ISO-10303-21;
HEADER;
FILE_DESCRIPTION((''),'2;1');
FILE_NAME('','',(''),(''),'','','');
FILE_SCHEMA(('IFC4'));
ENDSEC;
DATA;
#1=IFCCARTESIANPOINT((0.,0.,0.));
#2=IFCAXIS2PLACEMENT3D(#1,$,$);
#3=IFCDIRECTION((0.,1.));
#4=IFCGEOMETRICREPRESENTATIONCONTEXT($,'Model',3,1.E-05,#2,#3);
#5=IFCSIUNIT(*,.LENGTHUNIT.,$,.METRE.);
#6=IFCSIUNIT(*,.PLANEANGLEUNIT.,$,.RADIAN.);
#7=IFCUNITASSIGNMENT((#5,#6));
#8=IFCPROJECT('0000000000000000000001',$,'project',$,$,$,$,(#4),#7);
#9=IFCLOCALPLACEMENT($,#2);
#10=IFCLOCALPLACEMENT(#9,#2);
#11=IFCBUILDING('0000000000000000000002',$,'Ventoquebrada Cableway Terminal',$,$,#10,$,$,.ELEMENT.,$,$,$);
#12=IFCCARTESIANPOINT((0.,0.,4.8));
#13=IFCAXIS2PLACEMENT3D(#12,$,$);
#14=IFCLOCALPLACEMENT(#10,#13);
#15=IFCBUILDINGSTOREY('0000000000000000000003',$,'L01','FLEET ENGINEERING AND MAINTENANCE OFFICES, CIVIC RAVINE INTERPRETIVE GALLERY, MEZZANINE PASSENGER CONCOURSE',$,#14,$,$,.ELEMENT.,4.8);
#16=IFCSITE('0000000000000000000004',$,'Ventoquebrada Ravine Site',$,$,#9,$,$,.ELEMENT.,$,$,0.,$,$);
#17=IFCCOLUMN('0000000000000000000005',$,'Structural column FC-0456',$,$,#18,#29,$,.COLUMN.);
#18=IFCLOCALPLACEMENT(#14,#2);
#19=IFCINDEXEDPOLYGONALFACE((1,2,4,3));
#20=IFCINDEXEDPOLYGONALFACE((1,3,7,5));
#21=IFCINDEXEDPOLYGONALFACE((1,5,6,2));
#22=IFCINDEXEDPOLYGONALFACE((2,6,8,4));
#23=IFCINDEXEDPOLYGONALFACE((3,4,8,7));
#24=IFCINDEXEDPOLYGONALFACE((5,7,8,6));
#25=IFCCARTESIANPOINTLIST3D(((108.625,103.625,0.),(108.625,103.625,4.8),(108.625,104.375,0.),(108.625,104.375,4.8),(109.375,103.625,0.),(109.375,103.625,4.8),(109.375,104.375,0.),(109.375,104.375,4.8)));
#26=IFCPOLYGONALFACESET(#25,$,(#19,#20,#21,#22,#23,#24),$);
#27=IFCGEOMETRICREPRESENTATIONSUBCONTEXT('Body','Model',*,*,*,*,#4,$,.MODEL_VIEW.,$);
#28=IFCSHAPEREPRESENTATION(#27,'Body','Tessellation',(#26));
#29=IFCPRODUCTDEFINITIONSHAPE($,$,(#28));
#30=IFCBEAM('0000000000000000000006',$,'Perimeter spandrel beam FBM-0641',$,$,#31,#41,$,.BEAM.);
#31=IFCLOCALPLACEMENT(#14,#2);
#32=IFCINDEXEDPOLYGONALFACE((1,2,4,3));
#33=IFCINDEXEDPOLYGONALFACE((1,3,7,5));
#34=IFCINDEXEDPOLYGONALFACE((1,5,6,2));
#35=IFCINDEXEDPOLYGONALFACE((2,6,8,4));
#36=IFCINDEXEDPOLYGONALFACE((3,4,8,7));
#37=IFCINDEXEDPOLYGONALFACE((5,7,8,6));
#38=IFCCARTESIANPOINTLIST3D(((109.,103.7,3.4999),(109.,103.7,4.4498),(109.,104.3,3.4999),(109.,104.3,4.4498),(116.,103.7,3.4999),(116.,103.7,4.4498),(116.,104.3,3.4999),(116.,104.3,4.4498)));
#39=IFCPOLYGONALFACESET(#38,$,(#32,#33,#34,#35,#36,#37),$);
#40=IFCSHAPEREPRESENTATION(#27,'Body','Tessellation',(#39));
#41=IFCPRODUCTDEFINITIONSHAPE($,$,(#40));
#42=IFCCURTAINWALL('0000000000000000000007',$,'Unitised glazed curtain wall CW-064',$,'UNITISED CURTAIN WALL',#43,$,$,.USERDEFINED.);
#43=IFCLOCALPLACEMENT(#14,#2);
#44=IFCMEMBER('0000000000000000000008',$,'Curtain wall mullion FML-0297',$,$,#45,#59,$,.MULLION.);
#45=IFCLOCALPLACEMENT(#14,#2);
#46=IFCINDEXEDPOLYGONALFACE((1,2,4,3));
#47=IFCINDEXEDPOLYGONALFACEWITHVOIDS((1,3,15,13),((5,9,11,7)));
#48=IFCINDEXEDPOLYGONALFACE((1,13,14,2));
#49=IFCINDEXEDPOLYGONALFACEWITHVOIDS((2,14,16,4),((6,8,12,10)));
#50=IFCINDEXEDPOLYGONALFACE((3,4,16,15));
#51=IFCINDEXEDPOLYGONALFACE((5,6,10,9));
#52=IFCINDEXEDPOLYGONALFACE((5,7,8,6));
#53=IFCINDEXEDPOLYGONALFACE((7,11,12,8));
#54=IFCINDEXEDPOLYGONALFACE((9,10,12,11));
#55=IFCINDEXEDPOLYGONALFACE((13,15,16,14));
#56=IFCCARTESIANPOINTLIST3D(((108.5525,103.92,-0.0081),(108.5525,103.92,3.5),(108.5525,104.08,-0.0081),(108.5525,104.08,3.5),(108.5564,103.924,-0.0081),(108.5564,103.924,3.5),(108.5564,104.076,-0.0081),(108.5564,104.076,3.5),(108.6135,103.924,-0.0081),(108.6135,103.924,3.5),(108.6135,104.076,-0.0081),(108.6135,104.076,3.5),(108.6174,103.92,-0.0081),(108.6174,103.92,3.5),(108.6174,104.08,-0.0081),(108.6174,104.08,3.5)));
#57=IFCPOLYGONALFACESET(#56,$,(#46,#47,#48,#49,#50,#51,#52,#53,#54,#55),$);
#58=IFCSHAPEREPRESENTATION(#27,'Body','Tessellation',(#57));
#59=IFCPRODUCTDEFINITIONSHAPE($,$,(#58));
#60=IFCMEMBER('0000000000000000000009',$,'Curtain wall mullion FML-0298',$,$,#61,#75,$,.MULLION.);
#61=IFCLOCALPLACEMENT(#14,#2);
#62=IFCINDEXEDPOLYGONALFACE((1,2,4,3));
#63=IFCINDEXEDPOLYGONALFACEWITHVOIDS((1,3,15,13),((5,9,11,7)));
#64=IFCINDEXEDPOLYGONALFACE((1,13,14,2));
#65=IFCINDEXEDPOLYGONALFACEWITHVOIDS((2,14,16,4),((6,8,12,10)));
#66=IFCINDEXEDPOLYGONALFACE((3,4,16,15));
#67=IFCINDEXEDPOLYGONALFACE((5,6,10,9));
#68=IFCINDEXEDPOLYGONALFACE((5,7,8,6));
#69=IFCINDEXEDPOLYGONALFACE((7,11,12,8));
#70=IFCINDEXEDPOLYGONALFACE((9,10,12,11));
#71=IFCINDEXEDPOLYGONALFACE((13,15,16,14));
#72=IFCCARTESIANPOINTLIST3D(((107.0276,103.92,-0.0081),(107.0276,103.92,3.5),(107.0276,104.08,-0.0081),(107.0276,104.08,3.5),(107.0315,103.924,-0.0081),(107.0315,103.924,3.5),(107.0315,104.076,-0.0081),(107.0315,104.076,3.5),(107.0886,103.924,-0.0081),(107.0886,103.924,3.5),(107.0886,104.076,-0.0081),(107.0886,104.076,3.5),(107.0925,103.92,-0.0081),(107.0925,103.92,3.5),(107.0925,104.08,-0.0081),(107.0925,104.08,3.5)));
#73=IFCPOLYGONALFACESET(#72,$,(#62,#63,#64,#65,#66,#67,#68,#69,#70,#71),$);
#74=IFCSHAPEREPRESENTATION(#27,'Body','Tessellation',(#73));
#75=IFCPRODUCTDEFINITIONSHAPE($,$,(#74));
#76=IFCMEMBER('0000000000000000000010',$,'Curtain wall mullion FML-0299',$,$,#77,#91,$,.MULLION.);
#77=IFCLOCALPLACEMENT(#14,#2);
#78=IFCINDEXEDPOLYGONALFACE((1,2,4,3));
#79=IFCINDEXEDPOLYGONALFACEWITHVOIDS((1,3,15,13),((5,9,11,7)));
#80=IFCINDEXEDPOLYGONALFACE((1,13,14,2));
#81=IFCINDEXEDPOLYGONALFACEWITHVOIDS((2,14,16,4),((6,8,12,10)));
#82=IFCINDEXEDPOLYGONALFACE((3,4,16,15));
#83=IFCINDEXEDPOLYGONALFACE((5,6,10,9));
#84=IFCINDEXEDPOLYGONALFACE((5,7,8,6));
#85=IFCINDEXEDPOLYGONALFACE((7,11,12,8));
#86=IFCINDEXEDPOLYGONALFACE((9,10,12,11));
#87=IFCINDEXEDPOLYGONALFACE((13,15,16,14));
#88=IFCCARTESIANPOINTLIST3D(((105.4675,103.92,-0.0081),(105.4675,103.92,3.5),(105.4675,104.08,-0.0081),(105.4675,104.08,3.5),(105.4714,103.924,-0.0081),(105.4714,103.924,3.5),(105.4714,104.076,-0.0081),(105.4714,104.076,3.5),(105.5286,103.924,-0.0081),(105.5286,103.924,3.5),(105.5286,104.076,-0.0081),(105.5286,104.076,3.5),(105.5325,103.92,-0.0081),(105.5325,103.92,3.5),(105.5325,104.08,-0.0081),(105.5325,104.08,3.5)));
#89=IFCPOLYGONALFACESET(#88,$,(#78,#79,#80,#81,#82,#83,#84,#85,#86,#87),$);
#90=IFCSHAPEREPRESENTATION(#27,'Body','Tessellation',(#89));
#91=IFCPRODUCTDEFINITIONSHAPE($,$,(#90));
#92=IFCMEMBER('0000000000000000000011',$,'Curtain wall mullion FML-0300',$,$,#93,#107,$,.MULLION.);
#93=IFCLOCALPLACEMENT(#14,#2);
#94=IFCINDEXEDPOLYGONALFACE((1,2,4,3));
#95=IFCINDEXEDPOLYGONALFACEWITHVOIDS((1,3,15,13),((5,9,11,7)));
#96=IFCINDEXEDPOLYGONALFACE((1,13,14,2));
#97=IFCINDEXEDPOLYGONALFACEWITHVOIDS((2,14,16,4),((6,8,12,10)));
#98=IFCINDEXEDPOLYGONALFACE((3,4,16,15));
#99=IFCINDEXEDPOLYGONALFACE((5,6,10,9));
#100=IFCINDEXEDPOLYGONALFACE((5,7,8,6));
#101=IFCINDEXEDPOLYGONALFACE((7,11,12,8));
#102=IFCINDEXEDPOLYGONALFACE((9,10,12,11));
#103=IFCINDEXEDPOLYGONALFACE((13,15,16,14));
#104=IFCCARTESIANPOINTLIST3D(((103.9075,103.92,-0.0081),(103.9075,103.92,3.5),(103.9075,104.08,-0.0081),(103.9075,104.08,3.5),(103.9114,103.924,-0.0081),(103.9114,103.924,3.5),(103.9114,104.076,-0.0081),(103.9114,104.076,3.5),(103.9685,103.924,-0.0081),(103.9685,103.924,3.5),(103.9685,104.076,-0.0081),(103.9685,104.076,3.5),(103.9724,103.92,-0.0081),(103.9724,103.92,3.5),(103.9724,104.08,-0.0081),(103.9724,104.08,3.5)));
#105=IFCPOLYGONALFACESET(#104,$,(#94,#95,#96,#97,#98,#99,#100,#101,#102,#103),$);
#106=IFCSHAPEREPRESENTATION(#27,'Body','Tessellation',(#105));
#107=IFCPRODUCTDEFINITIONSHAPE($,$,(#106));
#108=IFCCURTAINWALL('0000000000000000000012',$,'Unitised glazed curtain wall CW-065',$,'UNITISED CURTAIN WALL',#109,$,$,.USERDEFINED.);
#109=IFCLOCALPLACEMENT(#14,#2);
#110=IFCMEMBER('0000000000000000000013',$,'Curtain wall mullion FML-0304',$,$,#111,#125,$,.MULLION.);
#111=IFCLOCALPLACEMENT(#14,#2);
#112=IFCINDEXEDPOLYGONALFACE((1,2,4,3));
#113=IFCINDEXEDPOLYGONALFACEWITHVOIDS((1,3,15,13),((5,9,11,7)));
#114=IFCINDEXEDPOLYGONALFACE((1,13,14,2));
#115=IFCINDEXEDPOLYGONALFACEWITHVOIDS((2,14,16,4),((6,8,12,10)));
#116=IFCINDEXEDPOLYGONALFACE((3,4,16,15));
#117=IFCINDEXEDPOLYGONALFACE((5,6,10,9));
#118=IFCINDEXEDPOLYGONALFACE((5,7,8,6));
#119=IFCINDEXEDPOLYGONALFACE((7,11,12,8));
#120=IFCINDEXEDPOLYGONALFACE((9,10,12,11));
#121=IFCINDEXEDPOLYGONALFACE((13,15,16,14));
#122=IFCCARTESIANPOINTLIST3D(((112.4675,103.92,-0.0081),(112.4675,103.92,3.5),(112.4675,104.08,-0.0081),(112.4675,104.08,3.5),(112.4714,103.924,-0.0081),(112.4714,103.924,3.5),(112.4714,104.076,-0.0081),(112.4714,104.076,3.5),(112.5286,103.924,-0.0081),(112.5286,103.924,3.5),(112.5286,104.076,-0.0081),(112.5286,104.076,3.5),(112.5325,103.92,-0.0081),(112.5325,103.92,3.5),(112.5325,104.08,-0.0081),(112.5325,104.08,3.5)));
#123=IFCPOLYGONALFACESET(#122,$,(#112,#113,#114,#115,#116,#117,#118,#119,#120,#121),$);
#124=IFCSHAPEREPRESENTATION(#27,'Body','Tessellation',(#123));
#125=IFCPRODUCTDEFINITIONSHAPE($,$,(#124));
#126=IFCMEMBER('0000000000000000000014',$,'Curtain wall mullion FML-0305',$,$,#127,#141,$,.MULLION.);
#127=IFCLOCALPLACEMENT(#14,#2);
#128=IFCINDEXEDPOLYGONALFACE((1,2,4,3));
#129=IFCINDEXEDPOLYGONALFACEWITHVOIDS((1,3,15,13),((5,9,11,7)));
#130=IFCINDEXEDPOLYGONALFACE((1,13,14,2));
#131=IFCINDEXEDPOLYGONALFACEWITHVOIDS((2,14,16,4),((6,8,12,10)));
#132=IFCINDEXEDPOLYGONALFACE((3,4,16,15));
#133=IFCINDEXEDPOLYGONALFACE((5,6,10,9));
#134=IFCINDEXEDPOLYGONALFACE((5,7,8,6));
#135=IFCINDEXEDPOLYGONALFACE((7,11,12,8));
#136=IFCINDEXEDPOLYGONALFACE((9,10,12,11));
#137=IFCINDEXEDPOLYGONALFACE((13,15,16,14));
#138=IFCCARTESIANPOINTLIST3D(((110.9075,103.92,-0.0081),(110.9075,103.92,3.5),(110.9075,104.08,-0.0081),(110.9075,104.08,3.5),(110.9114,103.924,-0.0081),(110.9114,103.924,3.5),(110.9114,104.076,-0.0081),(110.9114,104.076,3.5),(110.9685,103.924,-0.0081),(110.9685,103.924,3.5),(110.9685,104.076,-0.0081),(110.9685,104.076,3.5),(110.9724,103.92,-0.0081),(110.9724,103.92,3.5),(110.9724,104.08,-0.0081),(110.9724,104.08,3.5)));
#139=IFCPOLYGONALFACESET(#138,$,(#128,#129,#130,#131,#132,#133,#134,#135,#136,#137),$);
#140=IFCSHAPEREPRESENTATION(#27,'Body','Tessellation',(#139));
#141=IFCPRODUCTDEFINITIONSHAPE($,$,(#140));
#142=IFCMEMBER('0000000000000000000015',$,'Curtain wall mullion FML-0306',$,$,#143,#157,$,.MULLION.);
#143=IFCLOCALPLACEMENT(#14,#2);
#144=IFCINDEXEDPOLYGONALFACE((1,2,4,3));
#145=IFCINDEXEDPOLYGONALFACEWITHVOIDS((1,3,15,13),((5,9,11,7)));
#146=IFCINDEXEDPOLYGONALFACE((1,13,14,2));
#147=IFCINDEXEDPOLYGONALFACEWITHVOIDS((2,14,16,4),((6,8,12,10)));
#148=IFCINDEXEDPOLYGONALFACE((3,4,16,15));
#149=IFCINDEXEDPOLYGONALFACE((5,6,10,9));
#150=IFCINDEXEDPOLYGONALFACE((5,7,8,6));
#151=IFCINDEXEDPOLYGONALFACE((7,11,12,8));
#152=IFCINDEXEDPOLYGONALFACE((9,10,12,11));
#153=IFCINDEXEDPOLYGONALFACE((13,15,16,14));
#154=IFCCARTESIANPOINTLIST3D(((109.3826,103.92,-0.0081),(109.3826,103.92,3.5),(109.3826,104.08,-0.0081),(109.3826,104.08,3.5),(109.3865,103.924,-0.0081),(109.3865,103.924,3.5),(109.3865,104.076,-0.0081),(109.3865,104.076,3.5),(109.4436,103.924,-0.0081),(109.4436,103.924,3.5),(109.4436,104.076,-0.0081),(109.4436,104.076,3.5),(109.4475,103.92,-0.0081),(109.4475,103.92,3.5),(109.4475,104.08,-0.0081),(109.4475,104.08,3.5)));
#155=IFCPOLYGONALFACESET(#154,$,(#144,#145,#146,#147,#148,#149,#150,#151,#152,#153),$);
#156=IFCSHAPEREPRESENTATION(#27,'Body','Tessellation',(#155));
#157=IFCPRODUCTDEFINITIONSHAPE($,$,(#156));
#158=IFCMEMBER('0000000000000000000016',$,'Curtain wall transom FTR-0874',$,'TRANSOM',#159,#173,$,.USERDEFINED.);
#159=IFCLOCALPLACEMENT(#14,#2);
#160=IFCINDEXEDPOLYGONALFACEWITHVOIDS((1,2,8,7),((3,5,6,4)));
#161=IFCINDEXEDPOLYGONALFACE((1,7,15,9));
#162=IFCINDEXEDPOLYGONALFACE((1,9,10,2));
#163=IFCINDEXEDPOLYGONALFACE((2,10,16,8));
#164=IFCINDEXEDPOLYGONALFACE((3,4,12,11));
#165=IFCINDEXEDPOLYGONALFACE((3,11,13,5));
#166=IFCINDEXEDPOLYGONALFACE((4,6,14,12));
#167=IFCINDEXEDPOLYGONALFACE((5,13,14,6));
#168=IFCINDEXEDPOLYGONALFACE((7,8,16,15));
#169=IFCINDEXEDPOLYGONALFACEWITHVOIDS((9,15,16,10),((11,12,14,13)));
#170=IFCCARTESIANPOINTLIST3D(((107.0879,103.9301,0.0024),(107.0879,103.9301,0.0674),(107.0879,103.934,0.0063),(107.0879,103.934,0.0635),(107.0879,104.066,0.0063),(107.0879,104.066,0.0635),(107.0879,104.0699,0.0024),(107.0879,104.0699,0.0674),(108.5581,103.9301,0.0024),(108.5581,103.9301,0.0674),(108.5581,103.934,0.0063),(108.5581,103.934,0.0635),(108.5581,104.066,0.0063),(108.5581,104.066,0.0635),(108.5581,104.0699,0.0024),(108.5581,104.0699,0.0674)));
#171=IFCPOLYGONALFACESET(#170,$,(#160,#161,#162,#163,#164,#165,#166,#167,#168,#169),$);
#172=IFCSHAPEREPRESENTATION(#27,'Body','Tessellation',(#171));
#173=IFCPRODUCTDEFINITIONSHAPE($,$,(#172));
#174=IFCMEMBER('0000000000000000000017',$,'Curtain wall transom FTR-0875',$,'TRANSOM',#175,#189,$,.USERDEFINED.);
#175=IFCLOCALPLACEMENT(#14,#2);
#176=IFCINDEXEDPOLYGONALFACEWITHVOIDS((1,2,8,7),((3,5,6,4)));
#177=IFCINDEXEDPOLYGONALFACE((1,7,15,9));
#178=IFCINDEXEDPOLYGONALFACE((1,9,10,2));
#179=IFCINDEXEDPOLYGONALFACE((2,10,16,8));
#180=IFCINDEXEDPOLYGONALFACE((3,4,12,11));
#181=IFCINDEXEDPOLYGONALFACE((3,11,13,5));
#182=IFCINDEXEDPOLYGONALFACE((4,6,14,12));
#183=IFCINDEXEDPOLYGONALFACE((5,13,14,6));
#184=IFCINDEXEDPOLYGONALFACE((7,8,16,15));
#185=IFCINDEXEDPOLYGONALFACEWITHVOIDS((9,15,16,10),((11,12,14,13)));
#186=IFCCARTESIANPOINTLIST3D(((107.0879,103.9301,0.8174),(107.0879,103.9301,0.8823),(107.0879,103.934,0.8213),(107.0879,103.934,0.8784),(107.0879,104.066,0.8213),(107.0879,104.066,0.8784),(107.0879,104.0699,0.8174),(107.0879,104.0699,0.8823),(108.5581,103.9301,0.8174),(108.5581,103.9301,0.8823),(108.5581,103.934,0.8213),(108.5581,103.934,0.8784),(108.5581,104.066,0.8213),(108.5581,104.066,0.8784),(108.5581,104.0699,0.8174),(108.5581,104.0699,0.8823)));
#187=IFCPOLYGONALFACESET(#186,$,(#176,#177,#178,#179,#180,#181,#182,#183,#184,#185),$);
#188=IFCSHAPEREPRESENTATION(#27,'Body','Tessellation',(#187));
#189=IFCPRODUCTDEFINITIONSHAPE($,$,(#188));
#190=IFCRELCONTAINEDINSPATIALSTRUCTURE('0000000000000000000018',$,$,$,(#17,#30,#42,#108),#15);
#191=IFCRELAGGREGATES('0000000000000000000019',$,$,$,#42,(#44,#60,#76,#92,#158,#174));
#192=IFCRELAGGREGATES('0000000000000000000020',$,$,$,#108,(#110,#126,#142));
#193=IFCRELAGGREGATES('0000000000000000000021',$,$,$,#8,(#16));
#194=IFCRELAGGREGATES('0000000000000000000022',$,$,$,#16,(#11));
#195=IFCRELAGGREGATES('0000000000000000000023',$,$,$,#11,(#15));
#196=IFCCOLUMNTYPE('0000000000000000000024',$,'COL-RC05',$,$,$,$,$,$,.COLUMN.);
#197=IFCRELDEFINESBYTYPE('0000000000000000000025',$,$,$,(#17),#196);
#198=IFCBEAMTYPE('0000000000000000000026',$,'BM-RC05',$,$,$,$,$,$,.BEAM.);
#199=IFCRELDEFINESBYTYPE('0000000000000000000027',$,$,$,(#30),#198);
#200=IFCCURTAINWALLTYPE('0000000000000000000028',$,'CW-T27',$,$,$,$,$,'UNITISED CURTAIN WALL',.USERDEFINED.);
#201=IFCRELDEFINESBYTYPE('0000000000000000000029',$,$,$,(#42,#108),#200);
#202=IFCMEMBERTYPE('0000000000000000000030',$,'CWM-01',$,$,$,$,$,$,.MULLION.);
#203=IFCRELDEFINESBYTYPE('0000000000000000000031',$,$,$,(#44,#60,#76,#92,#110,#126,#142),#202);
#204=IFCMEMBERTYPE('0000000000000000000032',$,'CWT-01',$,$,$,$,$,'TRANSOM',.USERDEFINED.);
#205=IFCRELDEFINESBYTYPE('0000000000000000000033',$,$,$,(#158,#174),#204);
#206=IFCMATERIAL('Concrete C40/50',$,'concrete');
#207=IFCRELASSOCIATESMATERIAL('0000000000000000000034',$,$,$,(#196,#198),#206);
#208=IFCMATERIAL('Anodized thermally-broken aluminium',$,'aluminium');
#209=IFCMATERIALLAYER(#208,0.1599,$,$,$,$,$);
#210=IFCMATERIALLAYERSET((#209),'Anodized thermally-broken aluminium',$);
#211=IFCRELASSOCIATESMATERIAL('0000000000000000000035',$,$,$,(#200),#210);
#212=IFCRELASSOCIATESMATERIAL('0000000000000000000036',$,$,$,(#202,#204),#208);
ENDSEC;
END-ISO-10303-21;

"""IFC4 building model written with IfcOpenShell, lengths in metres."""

from ifc_helpers import new_model, si_unit, direction, frame, origin, origin_2d, place, context, subcontext, project, spatial, rectangle, hollow_rectangle, extrude, material, layer, layer_set, material_profile, profile_set, type_object, element, aggregate, save


model = new_model("IFC4")

# Units and contexts
model_context = context("Model", 3, precision=1e-05, world=origin(), true_north=direction((0.0, 1.0)))
body_context = subcontext(model_context, "Body", "Model", "MODEL_VIEW")
ifc_project = project(units=[si_unit("LENGTHUNIT", "METRE"), si_unit("PLANEANGLEUNIT", "RADIAN")], contexts=[model_context])

# Site, building, storey
site_placement = place(None, origin())
site = spatial("IfcSite", under=ifc_project, at=site_placement, Name="Ventoquebrada Ravine Site", CompositionType="ELEMENT", RefElevation=0.0)
building_placement = place(site_placement, origin())
building = spatial("IfcBuilding", under=site, at=building_placement, Name="Ventoquebrada Cableway Terminal", CompositionType="ELEMENT")
storey_placement = place(building_placement, frame((0.0, 0.0, 4.8)))
storey = spatial("IfcBuildingStorey", under=building, at=storey_placement, Name="L01", Description="FLEET ENGINEERING AND MAINTENANCE OFFICES, CIVIC RAVINE INTERPRETIVE GALLERY, MEZZANINE PASSENGER CONCOURSE", CompositionType="ELEMENT", Elevation=4.8)

# Column
ifc_material_1 = material(Name="Concrete C40/50", Category="concrete")
ifc_material_profile_1 = material_profile(ifc_material_1, rectangle(XDim=0.75, YDim=0.75, at=origin_2d()), Name="RC-COL-750X750")
ifc_profile_set_1 = profile_set([ifc_material_profile_1], Name="Concrete C40/50")
column_type = type_object("IfcColumnType", Name="COL-RC05", PredefinedType="COLUMN", material=ifc_profile_set_1)
column_placement = place(storey_placement, frame((109.0, 104.0, 0.0), z_axis=(0.0, 0.0, 1.0), x_axis=(1.0, 0.0, 0.0)))
element("IfcColumn", 1, at=column_placement, inside=storey, type_object=column_type, Name="Structural column FC-0456", PredefinedType="COLUMN", context=body_context, shape_type="SweptSolid", body=[
    extrude(rectangle(XDim=0.75, YDim=0.75, at=origin_2d()), origin(), (0.0, 0.0, 1.0), 4.8),
])

# Beam
ifc_material_profile_2 = material_profile(ifc_material_1, rectangle(XDim=0.6001, YDim=0.95, at=origin_2d()), Name="RC-BM-600X950")
ifc_profile_set_2 = profile_set([ifc_material_profile_2], Name="Concrete C40/50")
beam_type = type_object("IfcBeamType", Name="BM-RC05", PredefinedType="BEAM", material=ifc_profile_set_2)
beam_placement = place(storey_placement, frame((109.0, 104.0, 3.9749), z_axis=(1.0, 0.0, 0.0), x_axis=(0.0, 1.0, 0.0)))
element("IfcBeam", 2, at=beam_placement, inside=storey, type_object=beam_type, Name="Perimeter spandrel beam FBM-0641", PredefinedType="BEAM", context=body_context, shape_type="SweptSolid", body=[
    extrude(rectangle(XDim=0.6001, YDim=0.95, at=origin_2d()), origin(), (0.0, 0.0, 1.0), 7.0),
])

# Curtain walls, members
ifc_material_2 = material(Name="Anodized thermally-broken aluminium", Category="aluminium")
ifc_layer_1 = layer(ifc_material_2, 0.1599)
ifc_layer_set_1 = layer_set([ifc_layer_1], Name="Anodized thermally-broken aluminium")
curtain_wall_type = type_object("IfcCurtainWallType", Name="CW-T27", ElementType="UNITISED CURTAIN WALL", PredefinedType="USERDEFINED", material=ifc_layer_set_1)
curtain_wall_1_placement = place(storey_placement, origin())
curtain_wall_1 = element("IfcCurtainWall", 3, at=curtain_wall_1_placement, inside=storey, type_object=curtain_wall_type, Name="Unitised glazed curtain wall CW-064", ObjectType="UNITISED CURTAIN WALL", PredefinedType="USERDEFINED")
ifc_material_profile_3 = material_profile(ifc_material_2, hollow_rectangle(XDim=0.0649, YDim=0.1599, WallThickness=0.0039, at=origin_2d()), Name="CW-MUL-65X160")
ifc_profile_set_3 = profile_set([ifc_material_profile_3], Name="Anodized thermally-broken aluminium")
member_type_1 = type_object("IfcMemberType", Name="CWM-01", PredefinedType="MULLION", material=ifc_profile_set_3)
member_1_placement = place(storey_placement, frame((108.585, 104.0, -0.0081), z_axis=(0.0, 0.0, 1.0), x_axis=(-1.0, 0.0, 0.0)))
member_1 = element("IfcMember", 4, at=member_1_placement, type_object=member_type_1, Name="Curtain wall mullion FML-0297", PredefinedType="MULLION", context=body_context, shape_type="SweptSolid", body=[
    extrude(hollow_rectangle(XDim=0.0649, YDim=0.1599, WallThickness=0.0039, at=origin_2d()), origin(), (0.0, 0.0, 1.0), 3.5081),
])
member_2_placement = place(storey_placement, frame((107.0601, 104.0, -0.0081), z_axis=(0.0, 0.0, 1.0), x_axis=(-1.0, 0.0, 0.0)))
member_2 = element("IfcMember", 5, at=member_2_placement, type_object=member_type_1, Name="Curtain wall mullion FML-0298", PredefinedType="MULLION", context=body_context, shape_type="SweptSolid", body=[
    extrude(hollow_rectangle(XDim=0.0649, YDim=0.1599, WallThickness=0.0039, at=origin_2d()), origin(), (0.0, 0.0, 1.0), 3.5081),
])
member_3_placement = place(storey_placement, frame((105.5, 104.0, -0.0081), z_axis=(0.0, 0.0, 1.0), x_axis=(-1.0, 0.0, 0.0)))
member_3 = element("IfcMember", 6, at=member_3_placement, type_object=member_type_1, Name="Curtain wall mullion FML-0299", PredefinedType="MULLION", context=body_context, shape_type="SweptSolid", body=[
    extrude(hollow_rectangle(XDim=0.0649, YDim=0.1599, WallThickness=0.0039, at=origin_2d()), origin(), (0.0, 0.0, 1.0), 3.5081),
])
member_4_placement = place(storey_placement, frame((103.9399, 104.0, -0.0081), z_axis=(0.0, 0.0, 1.0), x_axis=(-1.0, 0.0, 0.0)))
member_4 = element("IfcMember", 7, at=member_4_placement, type_object=member_type_1, Name="Curtain wall mullion FML-0300", PredefinedType="MULLION", context=body_context, shape_type="SweptSolid", body=[
    extrude(hollow_rectangle(XDim=0.0649, YDim=0.1599, WallThickness=0.0039, at=origin_2d()), origin(), (0.0, 0.0, 1.0), 3.5081),
])
curtain_wall_2_placement = place(storey_placement, origin())
curtain_wall_2 = element("IfcCurtainWall", 8, at=curtain_wall_2_placement, inside=storey, type_object=curtain_wall_type, Name="Unitised glazed curtain wall CW-065", ObjectType="UNITISED CURTAIN WALL", PredefinedType="USERDEFINED")
member_5_placement = place(storey_placement, frame((112.5, 104.0, -0.0081), z_axis=(0.0, 0.0, 1.0), x_axis=(-1.0, 0.0, 0.0)))
member_5 = element("IfcMember", 9, at=member_5_placement, type_object=member_type_1, Name="Curtain wall mullion FML-0304", PredefinedType="MULLION", context=body_context, shape_type="SweptSolid", body=[
    extrude(hollow_rectangle(XDim=0.0649, YDim=0.1599, WallThickness=0.0039, at=origin_2d()), origin(), (0.0, 0.0, 1.0), 3.5081),
])
member_6_placement = place(storey_placement, frame((110.9399, 104.0, -0.0081), z_axis=(0.0, 0.0, 1.0), x_axis=(-1.0, 0.0, 0.0)))
member_6 = element("IfcMember", 10, at=member_6_placement, type_object=member_type_1, Name="Curtain wall mullion FML-0305", PredefinedType="MULLION", context=body_context, shape_type="SweptSolid", body=[
    extrude(hollow_rectangle(XDim=0.0649, YDim=0.1599, WallThickness=0.0039, at=origin_2d()), origin(), (0.0, 0.0, 1.0), 3.5081),
])
member_7_placement = place(storey_placement, frame((109.415, 104.0, -0.0081), z_axis=(0.0, 0.0, 1.0), x_axis=(-1.0, 0.0, 0.0)))
member_7 = element("IfcMember", 11, at=member_7_placement, type_object=member_type_1, Name="Curtain wall mullion FML-0306", PredefinedType="MULLION", context=body_context, shape_type="SweptSolid", body=[
    extrude(hollow_rectangle(XDim=0.0649, YDim=0.1599, WallThickness=0.0039, at=origin_2d()), origin(), (0.0, 0.0, 1.0), 3.5081),
])

# Members
ifc_material_profile_4 = material_profile(ifc_material_2, hollow_rectangle(XDim=0.0649, YDim=0.1399, WallThickness=0.0039, at=origin_2d()), Name="CW-TRN-65X140")
ifc_profile_set_4 = profile_set([ifc_material_profile_4], Name="Anodized thermally-broken aluminium")
member_type_2 = type_object("IfcMemberType", Name="CWT-01", ElementType="TRANSOM", PredefinedType="USERDEFINED", material=ifc_profile_set_4)
member_8_placement = place(storey_placement, frame((108.5581, 104.0, 0.0349), z_axis=(-1.0, 0.0, 0.0), x_axis=(0.0, 0.0, 1.0)))
member_8 = element("IfcMember", 12, at=member_8_placement, type_object=member_type_2, Name="Curtain wall transom FTR-0874", ObjectType="TRANSOM", PredefinedType="USERDEFINED", context=body_context, shape_type="SweptSolid", body=[
    extrude(hollow_rectangle(XDim=0.0649, YDim=0.1399, WallThickness=0.0039, at=origin_2d()), origin(), (0.0, 0.0, 1.0), 1.4702),
])
member_9_placement = place(storey_placement, frame((108.5581, 104.0, 0.8499), z_axis=(-1.0, 0.0, 0.0), x_axis=(0.0, 0.0, 1.0)))
member_9 = element("IfcMember", 13, at=member_9_placement, type_object=member_type_2, Name="Curtain wall transom FTR-0875", ObjectType="TRANSOM", PredefinedType="USERDEFINED", context=body_context, shape_type="SweptSolid", body=[
    extrude(hollow_rectangle(XDim=0.0649, YDim=0.1399, WallThickness=0.0039, at=origin_2d()), origin(), (0.0, 0.0, 1.0), 1.4702),
])

aggregate(curtain_wall_1, [member_1, member_2, member_3, member_4, member_8, member_9])
aggregate(curtain_wall_2, [member_5, member_6, member_7])

save(model, "model.ifc")
